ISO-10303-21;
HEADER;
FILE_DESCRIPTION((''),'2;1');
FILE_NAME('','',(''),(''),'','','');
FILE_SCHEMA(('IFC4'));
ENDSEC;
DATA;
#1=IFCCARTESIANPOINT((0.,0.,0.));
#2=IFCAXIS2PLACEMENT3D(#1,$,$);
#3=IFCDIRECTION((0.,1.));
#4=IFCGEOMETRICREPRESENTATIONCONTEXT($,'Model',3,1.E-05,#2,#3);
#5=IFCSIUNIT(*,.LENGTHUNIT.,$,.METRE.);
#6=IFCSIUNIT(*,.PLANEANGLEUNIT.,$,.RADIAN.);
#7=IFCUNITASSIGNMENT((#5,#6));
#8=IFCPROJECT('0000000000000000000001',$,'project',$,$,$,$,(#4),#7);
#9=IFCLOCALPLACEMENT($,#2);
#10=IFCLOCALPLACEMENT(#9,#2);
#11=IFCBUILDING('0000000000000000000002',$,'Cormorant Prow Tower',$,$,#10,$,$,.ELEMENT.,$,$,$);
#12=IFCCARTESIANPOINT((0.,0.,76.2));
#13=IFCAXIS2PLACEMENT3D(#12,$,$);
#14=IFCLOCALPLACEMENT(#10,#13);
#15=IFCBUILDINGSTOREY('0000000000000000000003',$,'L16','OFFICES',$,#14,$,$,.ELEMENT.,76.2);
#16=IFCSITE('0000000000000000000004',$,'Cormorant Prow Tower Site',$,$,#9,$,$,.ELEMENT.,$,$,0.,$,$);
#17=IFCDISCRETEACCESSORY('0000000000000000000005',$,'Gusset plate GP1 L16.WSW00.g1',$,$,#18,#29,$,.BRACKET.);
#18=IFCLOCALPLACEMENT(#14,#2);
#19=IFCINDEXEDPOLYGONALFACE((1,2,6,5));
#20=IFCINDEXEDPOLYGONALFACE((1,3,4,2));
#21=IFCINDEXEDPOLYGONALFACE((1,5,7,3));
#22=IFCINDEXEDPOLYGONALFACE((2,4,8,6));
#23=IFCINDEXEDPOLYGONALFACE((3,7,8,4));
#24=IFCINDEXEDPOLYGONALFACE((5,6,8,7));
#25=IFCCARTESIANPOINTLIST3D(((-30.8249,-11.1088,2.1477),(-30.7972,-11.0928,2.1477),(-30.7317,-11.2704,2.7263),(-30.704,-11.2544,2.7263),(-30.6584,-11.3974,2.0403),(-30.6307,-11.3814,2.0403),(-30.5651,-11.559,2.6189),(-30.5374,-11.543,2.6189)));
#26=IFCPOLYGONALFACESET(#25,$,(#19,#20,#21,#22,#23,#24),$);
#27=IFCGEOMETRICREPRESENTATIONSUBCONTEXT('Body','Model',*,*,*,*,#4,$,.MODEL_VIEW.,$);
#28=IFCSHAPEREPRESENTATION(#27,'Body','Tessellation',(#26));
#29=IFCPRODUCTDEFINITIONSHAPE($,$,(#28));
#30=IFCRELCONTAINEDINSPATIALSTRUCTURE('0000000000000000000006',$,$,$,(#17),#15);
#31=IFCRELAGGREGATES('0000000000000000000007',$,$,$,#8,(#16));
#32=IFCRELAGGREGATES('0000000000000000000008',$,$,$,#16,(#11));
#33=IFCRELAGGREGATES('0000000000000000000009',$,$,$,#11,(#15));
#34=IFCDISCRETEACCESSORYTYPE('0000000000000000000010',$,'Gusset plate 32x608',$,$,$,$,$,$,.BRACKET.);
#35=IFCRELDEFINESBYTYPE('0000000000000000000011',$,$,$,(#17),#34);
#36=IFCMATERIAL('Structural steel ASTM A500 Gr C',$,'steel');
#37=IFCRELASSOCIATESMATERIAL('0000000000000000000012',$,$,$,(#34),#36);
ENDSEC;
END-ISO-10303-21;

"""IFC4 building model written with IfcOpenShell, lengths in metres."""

from ifc_helpers import new_model, si_unit, direction, frame, origin, origin_2d, place, context, subcontext, project, spatial, rectangle, extrude, material, material_profile, profile_set, type_object, element, save


model = new_model("IFC4")

# Units and contexts
model_context = context("Model", 3, precision=1e-05, world=origin(), true_north=direction((0.0, 1.0)))
body_context = subcontext(model_context, "Body", "Model", "MODEL_VIEW")
ifc_project = project(units=[si_unit("LENGTHUNIT", "METRE"), si_unit("PLANEANGLEUNIT", "RADIAN")], contexts=[model_context])

# Site, building, storey
site_placement = place(None, origin())
site = spatial("IfcSite", under=ifc_project, at=site_placement, Name="Cormorant Prow Tower Site", CompositionType="ELEMENT", RefElevation=0.0)
building_placement = place(site_placement, origin())
building = spatial("IfcBuilding", under=site, at=building_placement, Name="Cormorant Prow Tower", CompositionType="ELEMENT")
storey_placement = place(building_placement, frame((0.0, 0.0, 76.2)))
storey = spatial("IfcBuildingStorey", under=building, at=storey_placement, Name="L16", Description="OFFICES", CompositionType="ELEMENT", Elevation=76.2)

# Discrete accessory
ifc_material_1 = material(Name="Structural steel ASTM A500 Gr C", Category="steel")
ifc_material_profile_1 = material_profile(ifc_material_1, rectangle(XDim=0.032, YDim=0.6079, at=origin_2d()), Name="Gusset plate 32x608")
ifc_profile_set_1 = profile_set([ifc_material_profile_1], Name="Structural steel ASTM A500 Gr C")
discrete_accessory_type = type_object("IfcDiscreteAccessoryType", Name="Gusset plate 32x608", PredefinedType="BRACKET", material=ifc_profile_set_1)
discrete_accessory_placement = place(storey_placement, frame((-30.5979, -11.4702, 2.3296), z_axis=(-0.475652, 0.82437, 0.306872), x_axis=(-0.866161, -0.499765, 0.0)))
element("IfcDiscreteAccessory", 1, at=discrete_accessory_placement, inside=storey, type_object=discrete_accessory_type, Name="Gusset plate GP1 L16.WSW00.g1", PredefinedType="BRACKET", context=body_context, shape_type="SweptSolid", body=[
    extrude(rectangle(XDim=0.032, YDim=0.6079, at=origin_2d()), origin(), (0.0, 0.0, 1.0), 0.3501),
])

save(model, "model.ifc")
